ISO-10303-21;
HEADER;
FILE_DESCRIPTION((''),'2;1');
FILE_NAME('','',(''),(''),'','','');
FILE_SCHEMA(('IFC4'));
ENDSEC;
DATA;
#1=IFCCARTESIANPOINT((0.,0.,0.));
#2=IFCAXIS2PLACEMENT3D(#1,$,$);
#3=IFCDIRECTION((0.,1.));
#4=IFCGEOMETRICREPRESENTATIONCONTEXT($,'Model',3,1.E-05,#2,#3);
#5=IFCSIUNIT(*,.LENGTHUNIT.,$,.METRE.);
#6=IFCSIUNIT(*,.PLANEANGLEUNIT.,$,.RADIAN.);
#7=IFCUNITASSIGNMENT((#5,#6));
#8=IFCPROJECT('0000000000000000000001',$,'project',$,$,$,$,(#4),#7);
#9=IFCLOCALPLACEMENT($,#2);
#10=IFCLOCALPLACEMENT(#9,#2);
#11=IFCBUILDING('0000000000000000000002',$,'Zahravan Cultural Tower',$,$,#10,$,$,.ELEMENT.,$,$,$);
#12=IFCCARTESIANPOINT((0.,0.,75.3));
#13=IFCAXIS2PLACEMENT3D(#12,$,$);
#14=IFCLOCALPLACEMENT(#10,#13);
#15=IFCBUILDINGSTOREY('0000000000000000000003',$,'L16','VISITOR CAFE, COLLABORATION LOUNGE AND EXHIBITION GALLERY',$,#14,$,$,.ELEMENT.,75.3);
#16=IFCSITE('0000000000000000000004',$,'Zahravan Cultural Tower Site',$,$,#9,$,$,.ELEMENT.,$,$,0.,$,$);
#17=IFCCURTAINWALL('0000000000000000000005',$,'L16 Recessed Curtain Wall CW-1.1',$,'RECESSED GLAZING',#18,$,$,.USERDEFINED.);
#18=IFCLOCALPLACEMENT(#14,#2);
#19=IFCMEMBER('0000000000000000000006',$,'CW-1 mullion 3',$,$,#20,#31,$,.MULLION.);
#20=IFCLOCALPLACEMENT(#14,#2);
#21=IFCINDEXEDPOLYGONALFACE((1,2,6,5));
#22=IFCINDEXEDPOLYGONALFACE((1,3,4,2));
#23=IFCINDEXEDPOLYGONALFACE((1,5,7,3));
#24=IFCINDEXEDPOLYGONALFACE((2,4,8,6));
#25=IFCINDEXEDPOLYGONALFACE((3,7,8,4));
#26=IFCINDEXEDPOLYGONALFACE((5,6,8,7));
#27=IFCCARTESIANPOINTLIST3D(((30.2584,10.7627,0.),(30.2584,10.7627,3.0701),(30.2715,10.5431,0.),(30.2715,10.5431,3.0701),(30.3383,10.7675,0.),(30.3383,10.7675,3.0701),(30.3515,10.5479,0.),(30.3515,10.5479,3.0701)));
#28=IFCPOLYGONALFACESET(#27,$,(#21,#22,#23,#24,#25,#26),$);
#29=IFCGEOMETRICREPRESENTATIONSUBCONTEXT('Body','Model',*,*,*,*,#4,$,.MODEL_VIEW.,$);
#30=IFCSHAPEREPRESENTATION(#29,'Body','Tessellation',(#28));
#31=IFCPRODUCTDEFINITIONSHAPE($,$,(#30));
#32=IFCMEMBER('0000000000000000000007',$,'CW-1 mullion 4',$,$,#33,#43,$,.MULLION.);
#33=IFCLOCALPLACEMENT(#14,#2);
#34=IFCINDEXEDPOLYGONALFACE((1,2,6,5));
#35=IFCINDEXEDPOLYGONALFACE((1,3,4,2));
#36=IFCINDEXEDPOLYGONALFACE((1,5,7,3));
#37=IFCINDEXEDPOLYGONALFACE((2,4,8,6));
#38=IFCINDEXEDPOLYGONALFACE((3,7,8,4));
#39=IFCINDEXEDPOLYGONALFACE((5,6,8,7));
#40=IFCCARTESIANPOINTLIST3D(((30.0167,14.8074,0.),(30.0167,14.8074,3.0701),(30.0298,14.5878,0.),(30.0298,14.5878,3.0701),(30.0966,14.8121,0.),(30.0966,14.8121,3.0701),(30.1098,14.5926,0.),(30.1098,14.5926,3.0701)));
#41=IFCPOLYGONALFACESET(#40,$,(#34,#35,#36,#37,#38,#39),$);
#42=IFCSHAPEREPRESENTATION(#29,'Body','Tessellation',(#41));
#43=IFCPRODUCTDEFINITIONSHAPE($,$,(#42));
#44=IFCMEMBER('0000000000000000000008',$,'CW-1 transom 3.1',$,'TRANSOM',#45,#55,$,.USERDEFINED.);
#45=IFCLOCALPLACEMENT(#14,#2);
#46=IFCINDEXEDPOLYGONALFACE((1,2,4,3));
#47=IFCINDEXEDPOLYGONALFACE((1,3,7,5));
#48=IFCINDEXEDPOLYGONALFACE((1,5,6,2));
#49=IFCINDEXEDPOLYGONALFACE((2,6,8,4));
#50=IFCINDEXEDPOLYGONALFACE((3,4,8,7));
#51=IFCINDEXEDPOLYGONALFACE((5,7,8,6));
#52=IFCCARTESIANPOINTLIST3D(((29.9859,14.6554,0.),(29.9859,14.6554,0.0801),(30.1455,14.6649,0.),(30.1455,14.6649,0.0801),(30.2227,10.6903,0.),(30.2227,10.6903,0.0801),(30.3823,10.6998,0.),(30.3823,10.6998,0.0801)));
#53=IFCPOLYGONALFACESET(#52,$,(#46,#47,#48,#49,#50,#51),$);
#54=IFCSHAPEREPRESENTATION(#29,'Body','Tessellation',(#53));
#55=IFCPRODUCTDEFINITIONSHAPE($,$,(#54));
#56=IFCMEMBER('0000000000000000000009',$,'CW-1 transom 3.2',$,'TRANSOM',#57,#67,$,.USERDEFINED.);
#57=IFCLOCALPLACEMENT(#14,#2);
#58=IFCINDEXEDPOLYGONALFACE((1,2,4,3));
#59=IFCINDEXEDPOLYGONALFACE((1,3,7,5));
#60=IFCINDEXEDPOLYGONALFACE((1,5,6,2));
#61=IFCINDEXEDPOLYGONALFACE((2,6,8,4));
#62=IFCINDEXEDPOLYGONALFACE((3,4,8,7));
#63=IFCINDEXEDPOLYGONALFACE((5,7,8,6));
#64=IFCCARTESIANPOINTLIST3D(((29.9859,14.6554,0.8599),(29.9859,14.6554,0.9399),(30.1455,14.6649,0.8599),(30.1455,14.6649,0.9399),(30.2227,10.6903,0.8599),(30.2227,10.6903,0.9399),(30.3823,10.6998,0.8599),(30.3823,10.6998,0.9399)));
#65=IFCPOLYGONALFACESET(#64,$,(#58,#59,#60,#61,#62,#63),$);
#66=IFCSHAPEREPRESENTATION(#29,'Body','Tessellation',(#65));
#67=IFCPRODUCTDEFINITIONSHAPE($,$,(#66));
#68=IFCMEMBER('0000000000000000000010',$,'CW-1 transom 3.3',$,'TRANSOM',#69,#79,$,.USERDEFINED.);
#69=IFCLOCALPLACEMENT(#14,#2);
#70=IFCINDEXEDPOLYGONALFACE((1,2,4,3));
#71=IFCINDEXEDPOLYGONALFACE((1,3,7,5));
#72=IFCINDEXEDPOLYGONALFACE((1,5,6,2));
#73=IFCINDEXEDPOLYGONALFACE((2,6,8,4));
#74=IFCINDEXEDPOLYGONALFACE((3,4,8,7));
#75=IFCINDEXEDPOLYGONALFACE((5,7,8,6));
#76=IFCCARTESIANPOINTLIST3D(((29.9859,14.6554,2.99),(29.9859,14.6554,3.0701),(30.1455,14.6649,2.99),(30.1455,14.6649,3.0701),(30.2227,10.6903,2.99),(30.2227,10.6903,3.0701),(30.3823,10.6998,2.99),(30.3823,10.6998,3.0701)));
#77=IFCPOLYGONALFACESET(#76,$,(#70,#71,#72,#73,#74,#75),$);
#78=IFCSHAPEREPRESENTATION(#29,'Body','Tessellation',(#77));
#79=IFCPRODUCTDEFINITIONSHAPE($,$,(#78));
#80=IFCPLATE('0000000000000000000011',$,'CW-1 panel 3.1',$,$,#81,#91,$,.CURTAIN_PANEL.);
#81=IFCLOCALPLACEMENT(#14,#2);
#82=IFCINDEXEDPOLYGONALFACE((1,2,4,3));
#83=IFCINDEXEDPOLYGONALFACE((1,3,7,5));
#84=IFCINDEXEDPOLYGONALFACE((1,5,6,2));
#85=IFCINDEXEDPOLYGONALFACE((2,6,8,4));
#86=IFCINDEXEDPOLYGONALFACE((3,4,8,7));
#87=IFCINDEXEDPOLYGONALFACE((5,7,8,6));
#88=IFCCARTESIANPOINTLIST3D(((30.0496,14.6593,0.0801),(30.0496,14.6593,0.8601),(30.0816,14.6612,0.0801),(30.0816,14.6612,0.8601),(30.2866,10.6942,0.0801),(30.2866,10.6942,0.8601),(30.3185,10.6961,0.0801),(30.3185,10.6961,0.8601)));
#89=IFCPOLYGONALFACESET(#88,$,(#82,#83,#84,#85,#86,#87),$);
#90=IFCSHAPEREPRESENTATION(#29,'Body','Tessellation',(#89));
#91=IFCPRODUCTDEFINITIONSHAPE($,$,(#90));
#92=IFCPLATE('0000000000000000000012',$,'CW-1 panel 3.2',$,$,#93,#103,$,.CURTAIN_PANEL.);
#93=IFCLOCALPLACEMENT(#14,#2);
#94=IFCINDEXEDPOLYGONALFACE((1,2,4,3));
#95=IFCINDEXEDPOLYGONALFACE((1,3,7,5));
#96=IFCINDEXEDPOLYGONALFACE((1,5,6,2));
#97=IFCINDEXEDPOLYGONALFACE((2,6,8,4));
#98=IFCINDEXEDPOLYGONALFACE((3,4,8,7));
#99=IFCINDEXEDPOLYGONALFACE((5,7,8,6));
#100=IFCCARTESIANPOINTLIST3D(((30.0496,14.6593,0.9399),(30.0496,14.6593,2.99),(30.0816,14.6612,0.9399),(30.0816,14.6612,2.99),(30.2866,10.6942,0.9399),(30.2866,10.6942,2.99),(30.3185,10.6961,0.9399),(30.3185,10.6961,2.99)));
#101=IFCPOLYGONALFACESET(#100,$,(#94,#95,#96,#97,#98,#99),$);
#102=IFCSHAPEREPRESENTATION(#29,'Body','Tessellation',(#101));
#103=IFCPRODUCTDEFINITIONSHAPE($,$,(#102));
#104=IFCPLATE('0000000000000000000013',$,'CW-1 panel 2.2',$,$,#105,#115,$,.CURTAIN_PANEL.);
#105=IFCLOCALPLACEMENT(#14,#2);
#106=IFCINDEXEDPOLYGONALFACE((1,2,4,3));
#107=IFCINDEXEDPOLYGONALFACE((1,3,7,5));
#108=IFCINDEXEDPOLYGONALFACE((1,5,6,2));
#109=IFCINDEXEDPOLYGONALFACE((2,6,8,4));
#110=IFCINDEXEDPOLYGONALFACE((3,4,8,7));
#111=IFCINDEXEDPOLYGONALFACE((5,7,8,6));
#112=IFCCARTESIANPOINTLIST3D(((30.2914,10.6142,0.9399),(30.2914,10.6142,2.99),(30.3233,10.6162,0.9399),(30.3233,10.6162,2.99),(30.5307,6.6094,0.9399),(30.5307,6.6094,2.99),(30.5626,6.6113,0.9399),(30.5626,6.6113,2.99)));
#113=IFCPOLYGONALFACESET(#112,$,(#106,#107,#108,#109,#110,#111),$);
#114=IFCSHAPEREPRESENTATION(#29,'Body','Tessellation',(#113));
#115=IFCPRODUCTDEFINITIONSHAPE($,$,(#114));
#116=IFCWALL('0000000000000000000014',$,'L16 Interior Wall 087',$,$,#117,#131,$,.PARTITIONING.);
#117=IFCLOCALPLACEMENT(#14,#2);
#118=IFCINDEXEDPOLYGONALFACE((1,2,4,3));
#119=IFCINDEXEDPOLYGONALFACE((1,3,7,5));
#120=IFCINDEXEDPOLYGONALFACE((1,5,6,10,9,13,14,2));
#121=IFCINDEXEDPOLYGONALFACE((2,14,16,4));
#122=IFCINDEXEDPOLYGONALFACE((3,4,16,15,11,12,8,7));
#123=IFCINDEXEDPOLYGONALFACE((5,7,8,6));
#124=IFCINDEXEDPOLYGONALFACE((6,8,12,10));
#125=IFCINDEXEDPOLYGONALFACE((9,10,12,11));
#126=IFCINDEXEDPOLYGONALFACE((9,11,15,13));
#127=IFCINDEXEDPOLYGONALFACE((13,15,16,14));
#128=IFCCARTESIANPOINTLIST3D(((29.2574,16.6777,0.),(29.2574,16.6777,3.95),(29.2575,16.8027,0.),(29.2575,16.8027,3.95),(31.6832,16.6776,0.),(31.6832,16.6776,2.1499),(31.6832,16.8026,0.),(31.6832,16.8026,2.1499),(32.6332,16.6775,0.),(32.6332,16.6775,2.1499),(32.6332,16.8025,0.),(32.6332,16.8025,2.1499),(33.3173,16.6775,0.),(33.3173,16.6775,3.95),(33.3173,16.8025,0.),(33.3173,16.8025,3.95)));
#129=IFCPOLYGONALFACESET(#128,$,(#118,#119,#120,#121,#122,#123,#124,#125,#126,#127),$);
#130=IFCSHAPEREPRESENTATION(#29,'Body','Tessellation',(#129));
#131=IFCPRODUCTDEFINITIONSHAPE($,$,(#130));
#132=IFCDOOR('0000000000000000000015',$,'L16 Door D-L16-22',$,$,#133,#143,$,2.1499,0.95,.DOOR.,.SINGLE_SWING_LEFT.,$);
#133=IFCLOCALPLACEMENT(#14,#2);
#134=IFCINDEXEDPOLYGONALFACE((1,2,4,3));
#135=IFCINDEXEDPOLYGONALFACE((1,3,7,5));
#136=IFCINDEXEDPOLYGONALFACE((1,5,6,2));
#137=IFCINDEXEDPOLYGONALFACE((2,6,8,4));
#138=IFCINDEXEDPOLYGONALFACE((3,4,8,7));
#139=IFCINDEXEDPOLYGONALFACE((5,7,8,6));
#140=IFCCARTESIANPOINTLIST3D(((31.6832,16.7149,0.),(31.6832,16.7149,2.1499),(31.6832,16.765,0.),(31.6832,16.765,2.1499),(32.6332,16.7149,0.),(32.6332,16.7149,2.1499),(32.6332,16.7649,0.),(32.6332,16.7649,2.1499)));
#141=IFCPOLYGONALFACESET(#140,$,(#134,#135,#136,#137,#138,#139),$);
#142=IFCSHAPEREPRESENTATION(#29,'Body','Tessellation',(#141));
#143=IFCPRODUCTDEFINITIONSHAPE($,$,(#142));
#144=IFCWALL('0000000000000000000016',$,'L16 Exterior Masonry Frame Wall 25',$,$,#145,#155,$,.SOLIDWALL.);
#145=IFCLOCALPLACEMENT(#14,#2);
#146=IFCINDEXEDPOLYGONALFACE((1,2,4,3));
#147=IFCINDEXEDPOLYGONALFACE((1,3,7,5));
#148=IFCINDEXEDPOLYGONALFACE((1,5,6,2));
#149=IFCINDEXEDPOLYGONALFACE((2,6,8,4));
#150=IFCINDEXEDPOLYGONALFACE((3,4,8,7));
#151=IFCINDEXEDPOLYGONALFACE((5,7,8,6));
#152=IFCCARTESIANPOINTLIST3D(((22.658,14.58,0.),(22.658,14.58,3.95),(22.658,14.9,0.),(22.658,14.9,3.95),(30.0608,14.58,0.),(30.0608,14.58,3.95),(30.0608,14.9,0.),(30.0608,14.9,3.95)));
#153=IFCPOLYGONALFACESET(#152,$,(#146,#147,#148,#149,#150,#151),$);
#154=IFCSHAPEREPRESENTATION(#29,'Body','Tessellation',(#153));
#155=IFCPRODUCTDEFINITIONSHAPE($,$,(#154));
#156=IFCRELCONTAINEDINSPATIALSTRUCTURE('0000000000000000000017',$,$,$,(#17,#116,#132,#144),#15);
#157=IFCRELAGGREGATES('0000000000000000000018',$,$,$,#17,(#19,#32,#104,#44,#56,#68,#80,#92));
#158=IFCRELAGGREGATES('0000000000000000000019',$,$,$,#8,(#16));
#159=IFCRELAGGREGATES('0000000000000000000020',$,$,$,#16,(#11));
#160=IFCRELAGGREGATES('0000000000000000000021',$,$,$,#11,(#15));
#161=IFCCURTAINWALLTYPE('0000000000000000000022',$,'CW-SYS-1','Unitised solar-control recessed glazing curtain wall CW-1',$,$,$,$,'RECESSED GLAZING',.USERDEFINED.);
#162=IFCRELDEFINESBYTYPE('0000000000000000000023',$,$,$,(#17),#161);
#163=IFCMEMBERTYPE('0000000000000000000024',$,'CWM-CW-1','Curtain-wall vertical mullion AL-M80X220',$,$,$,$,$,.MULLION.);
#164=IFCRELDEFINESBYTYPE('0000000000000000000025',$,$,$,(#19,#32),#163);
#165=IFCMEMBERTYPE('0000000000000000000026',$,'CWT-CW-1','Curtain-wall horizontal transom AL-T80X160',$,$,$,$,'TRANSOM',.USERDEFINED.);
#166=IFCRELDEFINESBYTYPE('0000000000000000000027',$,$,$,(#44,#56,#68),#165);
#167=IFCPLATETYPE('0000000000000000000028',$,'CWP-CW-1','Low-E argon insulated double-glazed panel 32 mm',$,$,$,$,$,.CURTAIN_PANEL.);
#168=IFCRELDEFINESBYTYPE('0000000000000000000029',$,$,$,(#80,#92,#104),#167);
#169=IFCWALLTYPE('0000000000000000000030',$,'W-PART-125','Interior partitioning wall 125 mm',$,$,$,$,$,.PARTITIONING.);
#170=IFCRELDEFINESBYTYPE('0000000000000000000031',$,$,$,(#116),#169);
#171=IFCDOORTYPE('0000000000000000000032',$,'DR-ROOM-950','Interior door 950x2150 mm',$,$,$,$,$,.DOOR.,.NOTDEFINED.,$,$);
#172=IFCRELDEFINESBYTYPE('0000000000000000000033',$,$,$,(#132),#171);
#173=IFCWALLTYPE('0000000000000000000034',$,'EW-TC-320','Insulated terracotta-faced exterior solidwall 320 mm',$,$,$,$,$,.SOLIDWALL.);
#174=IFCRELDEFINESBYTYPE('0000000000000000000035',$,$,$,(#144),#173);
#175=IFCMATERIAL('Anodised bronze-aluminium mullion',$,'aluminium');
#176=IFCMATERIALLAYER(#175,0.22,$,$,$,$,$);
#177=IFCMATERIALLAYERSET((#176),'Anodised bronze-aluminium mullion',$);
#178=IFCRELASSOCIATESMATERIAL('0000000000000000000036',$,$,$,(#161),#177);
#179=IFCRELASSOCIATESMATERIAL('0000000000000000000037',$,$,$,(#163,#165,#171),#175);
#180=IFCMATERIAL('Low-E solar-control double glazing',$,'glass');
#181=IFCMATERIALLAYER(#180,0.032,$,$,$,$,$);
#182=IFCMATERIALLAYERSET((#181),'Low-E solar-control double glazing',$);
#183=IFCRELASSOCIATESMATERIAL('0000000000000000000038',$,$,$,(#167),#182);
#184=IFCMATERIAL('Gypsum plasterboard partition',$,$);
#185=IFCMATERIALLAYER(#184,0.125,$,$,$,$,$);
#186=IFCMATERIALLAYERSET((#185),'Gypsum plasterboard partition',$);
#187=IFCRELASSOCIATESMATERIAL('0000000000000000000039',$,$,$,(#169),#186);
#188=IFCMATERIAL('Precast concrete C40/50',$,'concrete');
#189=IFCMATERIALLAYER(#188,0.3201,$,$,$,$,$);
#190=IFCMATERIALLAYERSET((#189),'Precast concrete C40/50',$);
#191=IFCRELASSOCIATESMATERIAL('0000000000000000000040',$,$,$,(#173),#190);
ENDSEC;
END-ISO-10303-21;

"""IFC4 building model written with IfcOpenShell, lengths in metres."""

from ifc_helpers import new_model, si_unit, direction, frame, frame_2d, origin, origin_2d, place, context, subcontext, project, spatial, rectangle, extrude, source, transform, mapped, material, layer, layer_set, material_profile, profile_set, type_object, element, fill, aggregate, save


model = new_model("IFC4")

# Units and contexts
model_context = context("Model", 3, precision=1e-05, world=origin(), true_north=direction((0.0, 1.0)))
body_context = subcontext(model_context, "Body", "Model", "MODEL_VIEW")
ifc_project = project(units=[si_unit("LENGTHUNIT", "METRE"), si_unit("PLANEANGLEUNIT", "RADIAN")], contexts=[model_context])

# Site, building, storey
site_placement = place(None, origin())
site = spatial("IfcSite", under=ifc_project, at=site_placement, Name="Zahravan Cultural Tower Site", CompositionType="ELEMENT", RefElevation=0.0)
building_placement = place(site_placement, origin())
building = spatial("IfcBuilding", under=site, at=building_placement, Name="Zahravan Cultural Tower", CompositionType="ELEMENT")
storey_placement = place(building_placement, frame((0.0, 0.0, 75.3)))
storey = spatial("IfcBuildingStorey", under=building, at=storey_placement, Name="L16", Description="VISITOR CAFE, COLLABORATION LOUNGE AND EXHIBITION GALLERY", CompositionType="ELEMENT", Elevation=75.3)

# Curtain wall, members, plates
ifc_material_1 = material(Name="Anodised bronze-aluminium mullion", Category="aluminium")
ifc_layer_1 = layer(ifc_material_1, 0.22)
ifc_layer_set_1 = layer_set([ifc_layer_1], Name="Anodised bronze-aluminium mullion")
curtain_wall_type = type_object("IfcCurtainWallType", Name="CW-SYS-1", Description="Unitised solar-control recessed glazing curtain wall CW-1", ElementType="RECESSED GLAZING", PredefinedType="USERDEFINED", material=ifc_layer_set_1)
curtain_wall_placement = place(storey_placement, origin())
curtain_wall = element("IfcCurtainWall", 1, at=curtain_wall_placement, inside=storey, type_object=curtain_wall_type, Name="L16 Recessed Curtain Wall CW-1.1", ObjectType="RECESSED GLAZING", PredefinedType="USERDEFINED")
ifc_material_profile_1 = material_profile(ifc_material_1, rectangle(XDim=0.0801, YDim=0.22, at=origin_2d()), Name="AL-M80X220")
ifc_profile_set_1 = profile_set([ifc_material_profile_1], Name="Anodised bronze-aluminium mullion")
member_type_1 = type_object("IfcMemberType", Name="CWM-CW-1", Description="Curtain-wall vertical mullion AL-M80X220", PredefinedType="MULLION", material=ifc_profile_set_1)
shared_shape_1 = source(origin(), body_context, "Body", "SweptSolid", [
    extrude(rectangle(XDim=0.0801, YDim=0.22, at=origin_2d()), origin(), (0.0, 0.0, 1.0), 3.0701),
])
member_1_placement = place(storey_placement, frame((30.3049, 10.6553, 0.0), z_axis=(0.0, 0.0, 1.0), x_axis=(-0.998219, -0.059652, 0.0)))
member_1 = element("IfcMember", 2, at=member_1_placement, type_object=member_type_1, Name="CW-1 mullion 3", PredefinedType="MULLION", context=body_context, shape_type="MappedRepresentation", body=[
    mapped(shared_shape_1, transform((0.0, 0.0, 0.0), x_axis=(1.0, 0.0, 0.0), y_axis=(0.0, 1.0, 0.0), z_axis=(0.0, 0.0, 1.0), scale=1.0)),
])
member_2_placement = place(storey_placement, frame((30.0632, 14.7, 0.0), z_axis=(0.0, 0.0, 1.0), x_axis=(-0.998219, -0.059652, 0.0)))
member_2 = element("IfcMember", 3, at=member_2_placement, type_object=member_type_1, Name="CW-1 mullion 4", PredefinedType="MULLION", context=body_context, shape_type="MappedRepresentation", body=[
    mapped(shared_shape_1, transform((0.0, 0.0, 0.0), x_axis=(1.0, 0.0, 0.0), y_axis=(0.0, 1.0, 0.0), z_axis=(0.0, 0.0, 1.0), scale=1.0)),
])
ifc_material_profile_2 = material_profile(ifc_material_1, rectangle(XDim=0.1599, YDim=0.0801, at=origin_2d()), Name="AL-T80X160")
ifc_profile_set_2 = profile_set([ifc_material_profile_2], Name="Anodised bronze-aluminium mullion")
member_type_2 = type_object("IfcMemberType", Name="CWT-CW-1", Description="Curtain-wall horizontal transom AL-T80X160", ElementType="TRANSOM", PredefinedType="USERDEFINED", material=ifc_profile_set_2)
shared_shape_2 = source(origin(), body_context, "Body", "SweptSolid", [
    extrude(rectangle(XDim=0.1599, YDim=0.0801, at=origin_2d()), origin(), (0.0, 0.0, 1.0), 3.9722),
])
member_3_placement = place(storey_placement, frame((30.3025, 10.6951, 0.04), z_axis=(-0.059619, 0.998221, 0.0), x_axis=(-0.998221, -0.059619, 0.0)))
member_3 = element("IfcMember", 4, at=member_3_placement, type_object=member_type_2, Name="CW-1 transom 3.1", ObjectType="TRANSOM", PredefinedType="USERDEFINED", context=body_context, shape_type="MappedRepresentation", body=[
    mapped(shared_shape_2, transform((0.0, 0.0, 0.0), x_axis=(1.0, 0.0, 0.0), y_axis=(0.0, 1.0, 0.0), z_axis=(0.0, 0.0, 1.0), scale=1.0)),
])
member_4_placement = place(storey_placement, frame((30.3025, 10.6951, 0.8999), z_axis=(-0.059619, 0.998221, 0.0), x_axis=(-0.998221, -0.059619, 0.0)))
member_4 = element("IfcMember", 5, at=member_4_placement, type_object=member_type_2, Name="CW-1 transom 3.2", ObjectType="TRANSOM", PredefinedType="USERDEFINED", context=body_context, shape_type="MappedRepresentation", body=[
    mapped(shared_shape_2, transform((0.0, 0.0, 0.0), x_axis=(1.0, 0.0, 0.0), y_axis=(0.0, 1.0, 0.0), z_axis=(0.0, 0.0, 1.0), scale=1.0)),
])
member_5_placement = place(storey_placement, frame((30.3025, 10.6951, 3.03), z_axis=(-0.059619, 0.998221, 0.0), x_axis=(-0.998221, -0.059619, 0.0)))
member_5 = element("IfcMember", 6, at=member_5_placement, type_object=member_type_2, Name="CW-1 transom 3.3", ObjectType="TRANSOM", PredefinedType="USERDEFINED", context=body_context, shape_type="MappedRepresentation", body=[
    mapped(shared_shape_2, transform((0.0, 0.0, 0.0), x_axis=(1.0, 0.0, 0.0), y_axis=(0.0, 1.0, 0.0), z_axis=(0.0, 0.0, 1.0), scale=1.0)),
])
ifc_material_2 = material(Name="Low-E solar-control double glazing", Category="glass")
ifc_layer_2 = layer(ifc_material_2, 0.032)
ifc_layer_set_2 = layer_set([ifc_layer_2], Name="Low-E solar-control double glazing")
plate_type = type_object("IfcPlateType", Name="CWP-CW-1", Description="Low-E argon insulated double-glazed panel 32 mm", PredefinedType="CURTAIN_PANEL", material=ifc_layer_set_2)
shared_shape_3 = source(origin(), body_context, "Body", "SweptSolid", [
    extrude(rectangle(XDim=3.9722, YDim=0.032, at=origin_2d()), origin(), (0.0, 0.0, 1.0), 0.78),
])
plate_1_placement = place(storey_placement, frame((30.1841, 12.6777, 0.0801), z_axis=(0.0, 0.0, 1.0), x_axis=(-0.059652, 0.998219, 0.0)))
plate_1 = element("IfcPlate", 7, at=plate_1_placement, type_object=plate_type, Name="CW-1 panel 3.1", PredefinedType="CURTAIN_PANEL", context=body_context, shape_type="MappedRepresentation", body=[
    mapped(shared_shape_3, transform((0.0, 0.0, 0.0), x_axis=(1.0, 0.0, 0.0), y_axis=(0.0, 1.0, 0.0), z_axis=(0.0, 0.0, 1.0), scale=1.0)),
])
shared_shape_4 = source(origin(), body_context, "Body", "SweptSolid", [
    extrude(rectangle(XDim=3.9722, YDim=0.032, at=origin_2d()), origin(), (0.0, 0.0, 1.0), 2.05),
])
plate_2_placement = place(storey_placement, frame((30.1841, 12.6777, 0.9399), z_axis=(0.0, 0.0, 1.0), x_axis=(-0.059652, 0.998219, 0.0)))
plate_2 = element("IfcPlate", 8, at=plate_2_placement, type_object=plate_type, Name="CW-1 panel 3.2", PredefinedType="CURTAIN_PANEL", context=body_context, shape_type="MappedRepresentation", body=[
    mapped(shared_shape_4, transform((0.0, 0.0, 0.0), x_axis=(1.0, 0.0, 0.0), y_axis=(0.0, 1.0, 0.0), z_axis=(0.0, 0.0, 1.0), scale=1.0)),
])
shared_shape_5 = source(origin(), body_context, "Body", "SweptSolid", [
    extrude(rectangle(XDim=4.012, YDim=0.032, at=origin_2d()), origin(), (0.0, 0.0, 1.0), 2.05),
])
plate_3_placement = place(storey_placement, frame((30.427, 8.6128, 0.9399), z_axis=(0.0, 0.0, 1.0), x_axis=(-0.059652, 0.998219, 0.0)))
plate_3 = element("IfcPlate", 9, at=plate_3_placement, type_object=plate_type, Name="CW-1 panel 2.2", PredefinedType="CURTAIN_PANEL", context=body_context, shape_type="MappedRepresentation", body=[
    mapped(shared_shape_5, transform((0.0, 0.0, 0.0), x_axis=(1.0, 0.0, 0.0), y_axis=(0.0, 1.0, 0.0), z_axis=(0.0, 0.0, 1.0), scale=1.0)),
])
aggregate(curtain_wall, [member_1, member_2, plate_3, member_3, member_4, member_5, plate_1, plate_2])

# Wall, opening, door
ifc_material_3 = material(Name="Gypsum plasterboard partition")
ifc_layer_3 = layer(ifc_material_3, 0.125)
ifc_layer_set_3 = layer_set([ifc_layer_3], Name="Gypsum plasterboard partition")
wall_type_1 = type_object("IfcWallType", Name="W-PART-125", Description="Interior partitioning wall 125 mm", PredefinedType="PARTITIONING", material=ifc_layer_set_3)
door_type_1 = type_object("IfcDoorType", Name="DR-ROOM-950", Description="Interior door 950x2150 mm", OperationType="NOTDEFINED", PredefinedType="DOOR", material=ifc_material_1)
shared_shape_6 = source(origin(), body_context, "Body", "SweptSolid", [
    extrude(rectangle(XDim=0.95, YDim=2.1499, at=frame_2d((0.4751, 1.075))), frame((0.0, 0.0249, 0.0), z_axis=(0.0, -1.0, 0.0), x_axis=(1.0, 0.0, 0.0)), (0.0, 0.0, 1.0), 0.05),
])
wall_1_placement = place(storey_placement, frame((29.2576, 16.7402, 0.0), z_axis=(0.0, 0.0, 1.0), x_axis=(1.0, -0.00006, 0.0)))
wall_1 = element("IfcWall", 10, at=wall_1_placement, inside=storey, type_object=wall_type_1, Name="L16 Interior Wall 087", PredefinedType="PARTITIONING", context=body_context, shape_type="SweptSolid", body=[
    extrude(rectangle(XDim=4.0598, YDim=0.125, at=frame_2d((2.0298, 0.0))), origin(), (0.0, 0.0, 1.0), 3.95),
])
opening_1_placement = place(wall_1_placement, frame((2.4255, 0.0, 0.0)))
opening_1 = element("IfcOpeningElement", 11, at=opening_1_placement, cuts=wall_1, PredefinedType="OPENING", context=body_context, shape_type="SweptSolid", body=[
    extrude(rectangle(XDim=0.95, YDim=2.1499, at=frame_2d((0.4751, 1.075))), frame((0.0, 0.0725, 0.0), z_axis=(0.0, -1.0, 0.0), x_axis=(1.0, 0.0, 0.0)), (0.0, 0.0, 1.0), 0.145),
])
door_1_placement = place(opening_1_placement, origin())
door_1 = element("IfcDoor", 12, at=door_1_placement, inside=storey, type_object=door_type_1, Name="L16 Door D-L16-22", OperationType="SINGLE_SWING_LEFT", OverallHeight=2.1499, OverallWidth=0.95, PredefinedType="DOOR", context=body_context, shape_type="MappedRepresentation", body=[
    mapped(shared_shape_6, transform((0.0, 0.0, 0.0), x_axis=(1.0, 0.0, 0.0), y_axis=(0.0, 1.0, 0.0), z_axis=(0.0, 0.0, 1.0), scale=1.0)),
])
fill(opening_1, door_1)

# Wall
ifc_material_4 = material(Name="Precast concrete C40/50", Category="concrete")
ifc_layer_4 = layer(ifc_material_4, 0.3201)
ifc_layer_set_4 = layer_set([ifc_layer_4], Name="Precast concrete C40/50")
wall_type_2 = type_object("IfcWallType", Name="EW-TC-320", Description="Insulated terracotta-faced exterior solidwall 320 mm", PredefinedType="SOLIDWALL", material=ifc_layer_set_4)
shared_shape_7 = source(origin(), body_context, "Body", "SweptSolid", [
    extrude(rectangle(XDim=7.4028, YDim=0.3201, at=frame_2d((3.7014, 0.0))), origin(), (0.0, 0.0, 1.0), 3.95),
])
wall_2_placement = place(storey_placement, frame((30.0608, 14.74, 0.0), z_axis=(0.0, 0.0, 1.0), x_axis=(-1.0, 0.0, 0.0)))
element("IfcWall", 13, at=wall_2_placement, inside=storey, type_object=wall_type_2, Name="L16 Exterior Masonry Frame Wall 25", PredefinedType="SOLIDWALL", context=body_context, shape_type="MappedRepresentation", body=[
    mapped(shared_shape_7, transform((0.0, 0.0, 0.0), x_axis=(1.0, 0.0, 0.0), y_axis=(0.0, 1.0, 0.0), z_axis=(0.0, 0.0, 1.0), scale=1.0)),
])

save(model, "model.ifc")
